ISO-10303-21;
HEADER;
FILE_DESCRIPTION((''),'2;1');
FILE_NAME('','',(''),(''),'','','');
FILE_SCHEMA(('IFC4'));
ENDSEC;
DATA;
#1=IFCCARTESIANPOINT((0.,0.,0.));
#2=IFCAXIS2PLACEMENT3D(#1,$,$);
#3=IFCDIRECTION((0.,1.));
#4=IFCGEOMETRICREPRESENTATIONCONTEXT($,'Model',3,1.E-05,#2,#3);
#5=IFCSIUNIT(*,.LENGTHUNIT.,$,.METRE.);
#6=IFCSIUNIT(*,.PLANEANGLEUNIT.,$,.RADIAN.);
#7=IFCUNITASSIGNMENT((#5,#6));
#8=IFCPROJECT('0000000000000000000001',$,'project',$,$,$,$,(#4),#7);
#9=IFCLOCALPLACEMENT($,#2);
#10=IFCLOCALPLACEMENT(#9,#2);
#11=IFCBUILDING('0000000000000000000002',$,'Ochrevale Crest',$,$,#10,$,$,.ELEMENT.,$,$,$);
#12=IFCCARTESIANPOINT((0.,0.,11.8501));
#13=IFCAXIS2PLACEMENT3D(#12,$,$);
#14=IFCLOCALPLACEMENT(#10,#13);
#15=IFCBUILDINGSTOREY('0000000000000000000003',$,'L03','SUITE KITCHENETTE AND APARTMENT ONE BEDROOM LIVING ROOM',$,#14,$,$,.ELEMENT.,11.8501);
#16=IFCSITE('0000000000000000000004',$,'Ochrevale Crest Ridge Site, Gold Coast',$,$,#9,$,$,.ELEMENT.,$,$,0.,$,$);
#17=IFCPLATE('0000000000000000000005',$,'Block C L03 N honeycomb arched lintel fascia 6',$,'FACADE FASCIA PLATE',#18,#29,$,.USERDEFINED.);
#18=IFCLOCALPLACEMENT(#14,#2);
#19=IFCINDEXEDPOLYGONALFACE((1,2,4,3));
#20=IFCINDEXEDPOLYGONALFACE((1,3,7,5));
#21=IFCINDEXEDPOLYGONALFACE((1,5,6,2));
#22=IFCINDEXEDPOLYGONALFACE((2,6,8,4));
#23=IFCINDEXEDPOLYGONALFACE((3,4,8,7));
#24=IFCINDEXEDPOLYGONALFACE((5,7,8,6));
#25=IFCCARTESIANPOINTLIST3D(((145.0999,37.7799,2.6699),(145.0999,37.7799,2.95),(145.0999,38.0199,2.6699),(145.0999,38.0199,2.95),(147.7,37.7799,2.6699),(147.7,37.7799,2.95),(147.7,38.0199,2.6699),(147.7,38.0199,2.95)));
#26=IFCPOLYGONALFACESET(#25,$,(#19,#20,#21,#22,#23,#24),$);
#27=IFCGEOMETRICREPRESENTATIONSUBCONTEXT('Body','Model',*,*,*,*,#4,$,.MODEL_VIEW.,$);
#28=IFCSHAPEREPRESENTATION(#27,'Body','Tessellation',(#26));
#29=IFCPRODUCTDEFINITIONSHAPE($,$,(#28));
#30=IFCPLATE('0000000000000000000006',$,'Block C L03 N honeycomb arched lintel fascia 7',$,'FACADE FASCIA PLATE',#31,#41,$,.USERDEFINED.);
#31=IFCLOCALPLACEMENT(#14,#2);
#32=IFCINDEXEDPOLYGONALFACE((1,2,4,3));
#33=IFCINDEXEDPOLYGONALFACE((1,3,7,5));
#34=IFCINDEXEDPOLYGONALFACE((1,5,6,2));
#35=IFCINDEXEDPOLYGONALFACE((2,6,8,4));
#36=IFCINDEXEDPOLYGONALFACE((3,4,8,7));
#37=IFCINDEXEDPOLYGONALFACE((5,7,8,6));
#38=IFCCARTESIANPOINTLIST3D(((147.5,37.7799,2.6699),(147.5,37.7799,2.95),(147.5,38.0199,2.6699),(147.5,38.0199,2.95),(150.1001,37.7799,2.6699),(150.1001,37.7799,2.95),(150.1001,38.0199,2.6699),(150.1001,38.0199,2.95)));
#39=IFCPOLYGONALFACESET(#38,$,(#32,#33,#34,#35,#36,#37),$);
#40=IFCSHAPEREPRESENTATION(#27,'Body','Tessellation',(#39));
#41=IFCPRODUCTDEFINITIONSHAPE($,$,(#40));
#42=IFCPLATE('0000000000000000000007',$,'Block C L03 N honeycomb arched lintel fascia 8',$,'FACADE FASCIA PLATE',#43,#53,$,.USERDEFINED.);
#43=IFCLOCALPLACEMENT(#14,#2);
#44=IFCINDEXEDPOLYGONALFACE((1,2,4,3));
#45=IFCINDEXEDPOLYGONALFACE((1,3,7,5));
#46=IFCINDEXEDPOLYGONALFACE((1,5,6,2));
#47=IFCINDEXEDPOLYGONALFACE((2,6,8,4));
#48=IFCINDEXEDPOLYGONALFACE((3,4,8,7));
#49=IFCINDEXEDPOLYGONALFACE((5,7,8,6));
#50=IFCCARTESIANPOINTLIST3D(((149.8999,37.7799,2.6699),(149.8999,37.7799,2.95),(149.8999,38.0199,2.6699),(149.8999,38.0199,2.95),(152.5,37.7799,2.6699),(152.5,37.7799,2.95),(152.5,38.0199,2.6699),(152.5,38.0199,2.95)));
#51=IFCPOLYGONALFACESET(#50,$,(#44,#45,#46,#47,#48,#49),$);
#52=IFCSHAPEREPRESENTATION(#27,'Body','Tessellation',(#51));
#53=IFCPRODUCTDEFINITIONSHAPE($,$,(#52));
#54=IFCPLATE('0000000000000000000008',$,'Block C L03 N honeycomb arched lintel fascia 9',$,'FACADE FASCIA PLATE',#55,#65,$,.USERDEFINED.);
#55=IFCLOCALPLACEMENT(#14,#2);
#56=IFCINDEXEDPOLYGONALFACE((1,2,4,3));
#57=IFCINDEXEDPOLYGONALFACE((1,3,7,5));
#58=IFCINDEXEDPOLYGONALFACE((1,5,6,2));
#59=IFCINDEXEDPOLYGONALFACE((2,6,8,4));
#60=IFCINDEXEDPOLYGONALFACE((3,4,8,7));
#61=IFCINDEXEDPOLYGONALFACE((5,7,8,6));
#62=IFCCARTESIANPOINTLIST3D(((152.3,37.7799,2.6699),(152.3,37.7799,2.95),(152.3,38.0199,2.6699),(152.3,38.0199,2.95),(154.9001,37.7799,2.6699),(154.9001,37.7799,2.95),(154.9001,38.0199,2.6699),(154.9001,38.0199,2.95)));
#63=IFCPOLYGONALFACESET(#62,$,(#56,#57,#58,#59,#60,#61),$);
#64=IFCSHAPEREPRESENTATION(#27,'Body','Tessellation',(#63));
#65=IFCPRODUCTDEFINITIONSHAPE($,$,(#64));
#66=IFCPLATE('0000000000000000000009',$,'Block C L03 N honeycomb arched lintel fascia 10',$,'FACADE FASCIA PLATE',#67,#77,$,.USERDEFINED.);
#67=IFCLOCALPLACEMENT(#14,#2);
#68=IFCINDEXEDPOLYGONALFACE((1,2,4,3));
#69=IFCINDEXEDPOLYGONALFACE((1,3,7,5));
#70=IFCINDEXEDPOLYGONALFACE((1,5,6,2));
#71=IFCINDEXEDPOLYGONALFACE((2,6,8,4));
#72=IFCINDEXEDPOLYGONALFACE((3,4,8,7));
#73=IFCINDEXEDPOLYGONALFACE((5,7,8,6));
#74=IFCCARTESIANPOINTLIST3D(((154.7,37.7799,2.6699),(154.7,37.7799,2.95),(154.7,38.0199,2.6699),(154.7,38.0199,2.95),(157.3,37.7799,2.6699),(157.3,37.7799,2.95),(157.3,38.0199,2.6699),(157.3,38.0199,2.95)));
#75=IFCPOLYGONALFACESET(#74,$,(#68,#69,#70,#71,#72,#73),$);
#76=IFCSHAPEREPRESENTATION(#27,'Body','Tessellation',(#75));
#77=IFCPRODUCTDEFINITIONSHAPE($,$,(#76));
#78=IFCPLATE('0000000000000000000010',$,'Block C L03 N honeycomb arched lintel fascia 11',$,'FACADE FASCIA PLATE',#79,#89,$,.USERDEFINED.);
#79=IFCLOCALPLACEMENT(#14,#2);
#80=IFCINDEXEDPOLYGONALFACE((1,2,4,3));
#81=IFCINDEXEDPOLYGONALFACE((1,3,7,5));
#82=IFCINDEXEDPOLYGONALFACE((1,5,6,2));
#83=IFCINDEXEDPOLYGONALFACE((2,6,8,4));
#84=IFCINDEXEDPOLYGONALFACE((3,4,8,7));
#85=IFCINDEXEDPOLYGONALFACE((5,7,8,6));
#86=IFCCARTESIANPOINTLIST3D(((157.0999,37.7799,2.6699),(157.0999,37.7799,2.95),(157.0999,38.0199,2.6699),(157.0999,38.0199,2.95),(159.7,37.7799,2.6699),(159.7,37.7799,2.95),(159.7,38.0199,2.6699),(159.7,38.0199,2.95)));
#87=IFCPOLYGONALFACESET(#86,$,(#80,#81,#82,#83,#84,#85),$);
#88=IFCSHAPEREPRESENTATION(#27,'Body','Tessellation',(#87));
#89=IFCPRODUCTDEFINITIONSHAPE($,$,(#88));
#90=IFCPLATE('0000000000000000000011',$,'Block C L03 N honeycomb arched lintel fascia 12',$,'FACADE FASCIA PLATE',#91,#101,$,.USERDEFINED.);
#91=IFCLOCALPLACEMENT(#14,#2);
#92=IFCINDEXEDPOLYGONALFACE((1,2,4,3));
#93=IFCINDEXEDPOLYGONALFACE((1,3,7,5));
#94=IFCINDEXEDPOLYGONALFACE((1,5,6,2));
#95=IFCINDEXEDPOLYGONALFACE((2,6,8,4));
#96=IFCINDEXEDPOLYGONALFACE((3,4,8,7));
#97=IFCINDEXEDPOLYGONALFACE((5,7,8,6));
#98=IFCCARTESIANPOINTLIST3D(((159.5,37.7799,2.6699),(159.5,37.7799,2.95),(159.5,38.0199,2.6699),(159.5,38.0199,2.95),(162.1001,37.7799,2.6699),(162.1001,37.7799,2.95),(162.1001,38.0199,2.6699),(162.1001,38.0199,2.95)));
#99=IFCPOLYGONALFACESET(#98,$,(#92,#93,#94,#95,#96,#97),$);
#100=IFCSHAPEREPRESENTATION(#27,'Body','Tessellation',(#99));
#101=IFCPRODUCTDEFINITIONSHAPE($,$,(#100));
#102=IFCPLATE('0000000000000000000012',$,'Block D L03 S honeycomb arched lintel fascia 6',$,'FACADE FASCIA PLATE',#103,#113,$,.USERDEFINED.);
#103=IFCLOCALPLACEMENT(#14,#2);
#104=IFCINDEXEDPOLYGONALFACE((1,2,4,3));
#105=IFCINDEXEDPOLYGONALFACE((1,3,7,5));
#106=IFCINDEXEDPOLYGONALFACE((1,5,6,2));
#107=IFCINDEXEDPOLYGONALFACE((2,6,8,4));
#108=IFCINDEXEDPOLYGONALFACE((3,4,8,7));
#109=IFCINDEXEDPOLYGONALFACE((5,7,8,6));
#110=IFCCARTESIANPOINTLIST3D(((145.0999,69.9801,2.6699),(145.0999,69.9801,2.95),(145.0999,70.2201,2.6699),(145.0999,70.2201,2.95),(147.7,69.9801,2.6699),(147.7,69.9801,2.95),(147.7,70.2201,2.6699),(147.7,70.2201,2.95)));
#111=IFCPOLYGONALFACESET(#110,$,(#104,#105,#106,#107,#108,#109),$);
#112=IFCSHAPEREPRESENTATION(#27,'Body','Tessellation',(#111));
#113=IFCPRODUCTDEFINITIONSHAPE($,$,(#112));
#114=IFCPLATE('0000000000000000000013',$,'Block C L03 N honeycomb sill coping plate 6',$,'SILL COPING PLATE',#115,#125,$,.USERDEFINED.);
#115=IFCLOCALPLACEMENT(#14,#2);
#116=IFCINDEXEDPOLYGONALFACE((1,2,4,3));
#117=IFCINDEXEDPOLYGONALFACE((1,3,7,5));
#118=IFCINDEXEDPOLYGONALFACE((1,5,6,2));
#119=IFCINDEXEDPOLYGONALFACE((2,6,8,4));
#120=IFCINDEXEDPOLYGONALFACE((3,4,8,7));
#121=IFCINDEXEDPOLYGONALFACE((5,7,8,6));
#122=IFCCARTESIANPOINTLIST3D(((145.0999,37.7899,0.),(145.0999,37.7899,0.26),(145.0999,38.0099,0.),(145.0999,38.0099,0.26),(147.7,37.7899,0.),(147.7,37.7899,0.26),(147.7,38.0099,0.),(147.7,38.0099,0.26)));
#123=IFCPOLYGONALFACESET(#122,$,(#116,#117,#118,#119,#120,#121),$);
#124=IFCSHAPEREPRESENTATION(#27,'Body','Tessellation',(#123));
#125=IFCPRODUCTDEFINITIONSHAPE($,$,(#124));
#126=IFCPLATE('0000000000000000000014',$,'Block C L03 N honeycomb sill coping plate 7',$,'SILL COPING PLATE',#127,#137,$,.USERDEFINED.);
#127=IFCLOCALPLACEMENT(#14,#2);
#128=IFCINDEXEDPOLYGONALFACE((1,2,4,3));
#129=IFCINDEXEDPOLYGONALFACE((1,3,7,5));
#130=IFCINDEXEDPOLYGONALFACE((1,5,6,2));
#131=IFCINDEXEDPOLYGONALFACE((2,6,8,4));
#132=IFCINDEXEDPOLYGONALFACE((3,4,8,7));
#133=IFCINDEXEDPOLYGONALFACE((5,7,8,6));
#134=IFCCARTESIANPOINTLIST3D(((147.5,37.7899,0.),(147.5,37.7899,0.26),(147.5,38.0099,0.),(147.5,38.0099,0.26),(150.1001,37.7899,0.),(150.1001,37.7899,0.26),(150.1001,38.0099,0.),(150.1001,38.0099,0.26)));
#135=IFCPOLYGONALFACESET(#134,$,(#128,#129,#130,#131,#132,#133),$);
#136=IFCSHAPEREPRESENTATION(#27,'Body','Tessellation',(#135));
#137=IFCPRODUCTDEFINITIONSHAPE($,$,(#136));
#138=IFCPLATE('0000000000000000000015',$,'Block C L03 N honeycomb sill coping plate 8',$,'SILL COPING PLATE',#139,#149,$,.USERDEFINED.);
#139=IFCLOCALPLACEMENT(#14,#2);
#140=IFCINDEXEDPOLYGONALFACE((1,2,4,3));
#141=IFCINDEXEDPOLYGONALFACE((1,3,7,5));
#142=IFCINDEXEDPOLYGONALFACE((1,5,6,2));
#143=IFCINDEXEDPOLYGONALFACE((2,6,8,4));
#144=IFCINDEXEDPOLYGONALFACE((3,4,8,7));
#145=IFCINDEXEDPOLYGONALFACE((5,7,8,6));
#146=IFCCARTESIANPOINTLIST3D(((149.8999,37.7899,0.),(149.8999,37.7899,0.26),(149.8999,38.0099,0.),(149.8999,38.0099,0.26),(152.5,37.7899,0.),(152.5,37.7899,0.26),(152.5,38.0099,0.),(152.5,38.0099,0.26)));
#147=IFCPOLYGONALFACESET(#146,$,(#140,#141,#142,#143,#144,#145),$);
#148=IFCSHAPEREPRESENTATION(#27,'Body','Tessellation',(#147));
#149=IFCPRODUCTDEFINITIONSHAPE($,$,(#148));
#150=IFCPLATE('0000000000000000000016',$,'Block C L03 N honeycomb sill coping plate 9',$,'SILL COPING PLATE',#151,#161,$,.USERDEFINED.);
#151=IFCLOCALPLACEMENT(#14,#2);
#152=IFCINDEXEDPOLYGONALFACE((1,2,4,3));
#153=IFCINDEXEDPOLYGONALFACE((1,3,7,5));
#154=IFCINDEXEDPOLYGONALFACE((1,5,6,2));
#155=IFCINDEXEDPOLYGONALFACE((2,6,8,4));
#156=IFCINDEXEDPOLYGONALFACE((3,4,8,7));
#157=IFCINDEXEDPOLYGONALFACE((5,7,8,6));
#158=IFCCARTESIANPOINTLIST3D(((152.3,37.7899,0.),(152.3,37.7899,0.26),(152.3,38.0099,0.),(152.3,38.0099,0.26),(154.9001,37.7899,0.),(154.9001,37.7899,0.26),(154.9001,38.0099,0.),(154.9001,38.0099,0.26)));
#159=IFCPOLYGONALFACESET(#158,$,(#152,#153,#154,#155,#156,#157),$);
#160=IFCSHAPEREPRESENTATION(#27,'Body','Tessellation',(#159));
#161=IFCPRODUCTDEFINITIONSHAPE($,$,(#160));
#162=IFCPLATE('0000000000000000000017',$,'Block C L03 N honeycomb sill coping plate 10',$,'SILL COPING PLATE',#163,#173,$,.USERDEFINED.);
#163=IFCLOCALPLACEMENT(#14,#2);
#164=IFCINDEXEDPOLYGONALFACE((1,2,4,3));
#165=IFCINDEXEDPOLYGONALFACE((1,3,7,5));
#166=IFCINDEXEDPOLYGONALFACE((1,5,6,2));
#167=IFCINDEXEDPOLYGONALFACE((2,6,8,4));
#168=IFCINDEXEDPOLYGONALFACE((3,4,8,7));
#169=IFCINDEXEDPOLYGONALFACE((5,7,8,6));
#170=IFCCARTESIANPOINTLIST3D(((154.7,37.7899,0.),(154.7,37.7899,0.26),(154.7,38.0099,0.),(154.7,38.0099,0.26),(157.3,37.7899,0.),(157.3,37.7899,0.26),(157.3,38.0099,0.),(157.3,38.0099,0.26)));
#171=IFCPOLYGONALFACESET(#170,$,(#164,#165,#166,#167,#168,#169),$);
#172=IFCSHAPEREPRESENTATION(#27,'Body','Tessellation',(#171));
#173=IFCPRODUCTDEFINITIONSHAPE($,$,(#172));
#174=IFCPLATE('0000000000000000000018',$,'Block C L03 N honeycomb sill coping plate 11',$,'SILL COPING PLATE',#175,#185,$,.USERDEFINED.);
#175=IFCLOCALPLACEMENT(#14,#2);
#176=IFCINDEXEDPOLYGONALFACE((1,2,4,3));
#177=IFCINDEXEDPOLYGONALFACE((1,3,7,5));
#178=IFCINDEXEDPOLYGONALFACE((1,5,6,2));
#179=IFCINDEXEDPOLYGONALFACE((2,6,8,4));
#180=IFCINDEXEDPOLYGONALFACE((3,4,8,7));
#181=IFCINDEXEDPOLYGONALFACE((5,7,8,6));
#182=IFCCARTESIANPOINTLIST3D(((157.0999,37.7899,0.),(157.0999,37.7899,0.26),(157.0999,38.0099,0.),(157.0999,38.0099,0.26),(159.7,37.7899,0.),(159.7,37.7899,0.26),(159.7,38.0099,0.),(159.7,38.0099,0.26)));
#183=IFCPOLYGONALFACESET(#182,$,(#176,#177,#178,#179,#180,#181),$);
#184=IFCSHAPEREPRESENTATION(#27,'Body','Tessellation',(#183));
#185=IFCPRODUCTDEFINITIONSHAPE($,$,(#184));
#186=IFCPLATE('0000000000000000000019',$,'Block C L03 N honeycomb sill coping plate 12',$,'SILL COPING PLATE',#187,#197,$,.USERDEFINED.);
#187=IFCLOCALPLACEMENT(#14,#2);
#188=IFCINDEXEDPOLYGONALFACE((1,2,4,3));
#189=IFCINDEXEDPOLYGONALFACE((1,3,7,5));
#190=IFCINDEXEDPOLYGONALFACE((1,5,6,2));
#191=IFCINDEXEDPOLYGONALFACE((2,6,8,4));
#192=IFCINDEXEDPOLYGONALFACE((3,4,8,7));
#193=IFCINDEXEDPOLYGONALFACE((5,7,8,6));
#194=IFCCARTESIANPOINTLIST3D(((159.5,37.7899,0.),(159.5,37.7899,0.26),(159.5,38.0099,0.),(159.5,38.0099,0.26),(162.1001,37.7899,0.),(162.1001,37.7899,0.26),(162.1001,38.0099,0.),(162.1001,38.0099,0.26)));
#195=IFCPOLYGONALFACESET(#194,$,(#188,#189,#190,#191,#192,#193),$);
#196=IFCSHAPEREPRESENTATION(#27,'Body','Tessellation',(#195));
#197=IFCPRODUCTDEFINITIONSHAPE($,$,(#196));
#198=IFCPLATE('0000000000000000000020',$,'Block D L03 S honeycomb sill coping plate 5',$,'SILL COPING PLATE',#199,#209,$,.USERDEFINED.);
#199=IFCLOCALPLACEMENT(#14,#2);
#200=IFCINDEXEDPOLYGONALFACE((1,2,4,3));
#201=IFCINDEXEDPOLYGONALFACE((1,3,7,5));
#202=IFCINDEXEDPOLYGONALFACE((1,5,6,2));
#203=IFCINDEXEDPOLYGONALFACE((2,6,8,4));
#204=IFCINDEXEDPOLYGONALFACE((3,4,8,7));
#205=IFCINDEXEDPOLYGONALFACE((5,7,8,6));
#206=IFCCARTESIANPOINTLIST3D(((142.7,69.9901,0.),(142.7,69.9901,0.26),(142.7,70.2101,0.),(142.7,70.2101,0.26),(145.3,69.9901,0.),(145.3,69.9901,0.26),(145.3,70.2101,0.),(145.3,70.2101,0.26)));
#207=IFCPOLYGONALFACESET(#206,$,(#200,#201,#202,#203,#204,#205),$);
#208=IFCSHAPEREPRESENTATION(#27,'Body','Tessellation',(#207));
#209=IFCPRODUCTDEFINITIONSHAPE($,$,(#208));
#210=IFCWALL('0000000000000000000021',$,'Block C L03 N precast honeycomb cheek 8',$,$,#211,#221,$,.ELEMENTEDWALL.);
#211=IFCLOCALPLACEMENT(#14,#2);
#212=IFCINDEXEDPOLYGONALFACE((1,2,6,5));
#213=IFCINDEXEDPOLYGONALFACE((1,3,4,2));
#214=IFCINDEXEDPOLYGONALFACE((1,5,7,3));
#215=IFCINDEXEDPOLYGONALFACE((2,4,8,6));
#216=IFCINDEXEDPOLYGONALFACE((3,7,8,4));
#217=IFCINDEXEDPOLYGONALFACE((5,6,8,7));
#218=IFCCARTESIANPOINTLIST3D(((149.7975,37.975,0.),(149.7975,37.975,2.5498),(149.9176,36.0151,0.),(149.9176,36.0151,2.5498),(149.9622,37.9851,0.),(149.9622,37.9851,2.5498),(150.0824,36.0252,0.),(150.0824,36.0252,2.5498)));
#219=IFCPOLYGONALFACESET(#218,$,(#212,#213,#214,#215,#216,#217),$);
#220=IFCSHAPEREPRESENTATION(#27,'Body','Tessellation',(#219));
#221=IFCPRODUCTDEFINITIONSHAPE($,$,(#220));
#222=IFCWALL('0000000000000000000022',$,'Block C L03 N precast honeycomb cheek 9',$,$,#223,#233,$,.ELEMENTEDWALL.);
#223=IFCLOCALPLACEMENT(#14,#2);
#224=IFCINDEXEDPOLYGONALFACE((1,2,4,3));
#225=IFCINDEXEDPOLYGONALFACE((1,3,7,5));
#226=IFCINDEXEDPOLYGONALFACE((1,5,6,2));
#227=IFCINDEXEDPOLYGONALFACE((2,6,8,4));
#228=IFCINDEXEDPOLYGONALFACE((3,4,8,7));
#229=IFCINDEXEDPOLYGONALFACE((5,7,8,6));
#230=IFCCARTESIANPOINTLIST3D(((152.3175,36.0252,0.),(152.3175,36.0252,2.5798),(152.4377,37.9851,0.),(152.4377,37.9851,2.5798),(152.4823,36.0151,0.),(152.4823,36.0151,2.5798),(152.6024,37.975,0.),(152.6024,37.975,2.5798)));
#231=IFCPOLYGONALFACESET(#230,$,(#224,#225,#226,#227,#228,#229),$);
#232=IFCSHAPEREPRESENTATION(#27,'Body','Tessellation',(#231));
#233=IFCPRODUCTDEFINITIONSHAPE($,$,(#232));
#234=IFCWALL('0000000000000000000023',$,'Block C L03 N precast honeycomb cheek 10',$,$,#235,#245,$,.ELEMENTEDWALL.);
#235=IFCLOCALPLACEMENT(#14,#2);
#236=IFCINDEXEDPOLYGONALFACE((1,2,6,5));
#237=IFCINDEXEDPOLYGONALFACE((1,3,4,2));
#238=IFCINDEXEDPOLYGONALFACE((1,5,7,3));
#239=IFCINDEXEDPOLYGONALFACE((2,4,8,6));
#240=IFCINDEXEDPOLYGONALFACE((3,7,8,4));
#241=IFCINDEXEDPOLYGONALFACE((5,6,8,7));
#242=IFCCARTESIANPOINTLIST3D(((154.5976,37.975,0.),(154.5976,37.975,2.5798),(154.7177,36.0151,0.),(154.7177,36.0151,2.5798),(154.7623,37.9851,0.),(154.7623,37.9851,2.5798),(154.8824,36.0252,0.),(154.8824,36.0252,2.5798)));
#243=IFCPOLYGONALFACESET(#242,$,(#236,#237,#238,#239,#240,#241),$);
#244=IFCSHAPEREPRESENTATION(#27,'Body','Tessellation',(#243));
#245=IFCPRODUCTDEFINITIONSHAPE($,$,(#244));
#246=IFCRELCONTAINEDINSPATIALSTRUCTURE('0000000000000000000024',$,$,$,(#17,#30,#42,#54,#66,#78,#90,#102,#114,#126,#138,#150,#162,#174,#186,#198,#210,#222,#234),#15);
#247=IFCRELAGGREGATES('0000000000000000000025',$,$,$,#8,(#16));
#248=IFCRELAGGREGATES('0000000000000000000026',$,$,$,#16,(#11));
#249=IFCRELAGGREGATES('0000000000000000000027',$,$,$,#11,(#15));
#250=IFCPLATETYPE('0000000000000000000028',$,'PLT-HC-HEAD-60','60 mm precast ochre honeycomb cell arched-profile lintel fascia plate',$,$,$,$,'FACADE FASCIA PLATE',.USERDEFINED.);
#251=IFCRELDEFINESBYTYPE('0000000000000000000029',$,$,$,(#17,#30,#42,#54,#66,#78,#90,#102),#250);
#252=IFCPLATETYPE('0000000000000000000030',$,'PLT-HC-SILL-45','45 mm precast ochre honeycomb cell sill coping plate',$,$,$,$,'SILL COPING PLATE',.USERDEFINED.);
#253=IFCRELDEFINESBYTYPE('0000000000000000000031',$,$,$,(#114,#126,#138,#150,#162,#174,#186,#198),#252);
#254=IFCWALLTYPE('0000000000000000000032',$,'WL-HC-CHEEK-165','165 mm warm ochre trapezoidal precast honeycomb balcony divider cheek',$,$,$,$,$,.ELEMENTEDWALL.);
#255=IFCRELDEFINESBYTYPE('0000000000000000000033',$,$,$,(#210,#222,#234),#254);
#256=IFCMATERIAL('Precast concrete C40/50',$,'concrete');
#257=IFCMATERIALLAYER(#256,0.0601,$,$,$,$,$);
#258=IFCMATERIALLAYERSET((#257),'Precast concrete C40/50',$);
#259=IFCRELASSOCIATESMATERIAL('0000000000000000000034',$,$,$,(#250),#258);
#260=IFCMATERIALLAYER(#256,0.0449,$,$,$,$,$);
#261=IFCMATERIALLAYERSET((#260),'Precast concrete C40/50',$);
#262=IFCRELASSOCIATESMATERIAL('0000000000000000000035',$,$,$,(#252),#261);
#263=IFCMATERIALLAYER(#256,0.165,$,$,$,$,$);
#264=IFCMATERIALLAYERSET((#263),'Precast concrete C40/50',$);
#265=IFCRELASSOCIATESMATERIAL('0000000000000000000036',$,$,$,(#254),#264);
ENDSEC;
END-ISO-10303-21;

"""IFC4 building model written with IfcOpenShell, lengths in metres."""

from ifc_helpers import new_model, si_unit, direction, frame, frame_2d, origin, origin_2d, place, context, subcontext, project, spatial, rectangle, extrude, material, layer, layer_set, type_object, element, save


model = new_model("IFC4")

# Units and contexts
model_context = context("Model", 3, precision=1e-05, world=origin(), true_north=direction((0.0, 1.0)))
body_context = subcontext(model_context, "Body", "Model", "MODEL_VIEW")
ifc_project = project(units=[si_unit("LENGTHUNIT", "METRE"), si_unit("PLANEANGLEUNIT", "RADIAN")], contexts=[model_context])

# Site, building, storey
site_placement = place(None, origin())
site = spatial("IfcSite", under=ifc_project, at=site_placement, Name="Ochrevale Crest Ridge Site, Gold Coast", CompositionType="ELEMENT", RefElevation=0.0)
building_placement = place(site_placement, origin())
building = spatial("IfcBuilding", under=site, at=building_placement, Name="Ochrevale Crest", CompositionType="ELEMENT")
storey_placement = place(building_placement, frame((0.0, 0.0, 11.8501)))
storey = spatial("IfcBuildingStorey", under=building, at=storey_placement, Name="L03", Description="SUITE KITCHENETTE AND APARTMENT ONE BEDROOM LIVING ROOM", CompositionType="ELEMENT", Elevation=11.8501)

# Plates
ifc_material_1 = material(Name="Precast concrete C40/50", Category="concrete")
ifc_layer_1 = layer(ifc_material_1, 0.0601)
ifc_layer_set_1 = layer_set([ifc_layer_1], Name="Precast concrete C40/50")
plate_type_1 = type_object("IfcPlateType", Name="PLT-HC-HEAD-60", Description="60 mm precast ochre honeycomb cell arched-profile lintel fascia plate", ElementType="FACADE FASCIA PLATE", PredefinedType="USERDEFINED", material=ifc_layer_set_1)
for number, where, z_axis, x_axis, name in (
    (1, (146.3999, 37.8999, 2.6699), (0.0, 0.0, 1.0), (1.0, 0.0, 0.0), "Block C L03 N honeycomb arched lintel fascia 6"),
    (2, (148.8, 37.8999, 2.6699), (0.0, 0.0, 1.0), (1.0, 0.0, 0.0), "Block C L03 N honeycomb arched lintel fascia 7"),
    (3, (151.2, 37.8999, 2.6699), (0.0, 0.0, 1.0), (1.0, 0.0, 0.0), "Block C L03 N honeycomb arched lintel fascia 8"),
    (4, (153.6001, 37.8999, 2.6699), (0.0, 0.0, 1.0), (1.0, 0.0, 0.0), "Block C L03 N honeycomb arched lintel fascia 9"),
    (5, (156.0, 37.8999, 2.6699), (0.0, 0.0, 1.0), (1.0, 0.0, 0.0), "Block C L03 N honeycomb arched lintel fascia 10"),
    (6, (158.3999, 37.8999, 2.6699), (0.0, 0.0, 1.0), (1.0, 0.0, 0.0), "Block C L03 N honeycomb arched lintel fascia 11"),
    (7, (160.8, 37.8999, 2.6699), (0.0, 0.0, 1.0), (1.0, 0.0, 0.0), "Block C L03 N honeycomb arched lintel fascia 12"),
    (8, (146.3999, 70.1001, 2.6699), (0.0, 0.0, 1.0), (1.0, 0.0, 0.0), "Block D L03 S honeycomb arched lintel fascia 6"),
):
    element("IfcPlate", number, at=place(storey_placement, frame(where, z_axis=z_axis, x_axis=x_axis)), inside=storey, type_object=plate_type_1, Name=name, ObjectType="FACADE FASCIA PLATE", PredefinedType="USERDEFINED", context=body_context, shape_type="SweptSolid", body=[
        extrude(rectangle(XDim=2.6001, YDim=0.24, at=origin_2d()), origin(), (0.0, 0.0, 1.0), 0.28),
    ])
ifc_layer_2 = layer(ifc_material_1, 0.0449)
ifc_layer_set_2 = layer_set([ifc_layer_2], Name="Precast concrete C40/50")
plate_type_2 = type_object("IfcPlateType", Name="PLT-HC-SILL-45", Description="45 mm precast ochre honeycomb cell sill coping plate", ElementType="SILL COPING PLATE", PredefinedType="USERDEFINED", material=ifc_layer_set_2)
for number, where, z_axis, x_axis, name in (
    (9, (146.3999, 37.8999, 0.0), (0.0, 0.0, 1.0), (1.0, 0.0, 0.0), "Block C L03 N honeycomb sill coping plate 6"),
    (10, (148.8, 37.8999, 0.0), (0.0, 0.0, 1.0), (1.0, 0.0, 0.0), "Block C L03 N honeycomb sill coping plate 7"),
    (11, (151.2, 37.8999, 0.0), (0.0, 0.0, 1.0), (1.0, 0.0, 0.0), "Block C L03 N honeycomb sill coping plate 8"),
    (12, (153.6001, 37.8999, 0.0), (0.0, 0.0, 1.0), (1.0, 0.0, 0.0), "Block C L03 N honeycomb sill coping plate 9"),
    (13, (156.0, 37.8999, 0.0), (0.0, 0.0, 1.0), (1.0, 0.0, 0.0), "Block C L03 N honeycomb sill coping plate 10"),
    (14, (158.3999, 37.8999, 0.0), (0.0, 0.0, 1.0), (1.0, 0.0, 0.0), "Block C L03 N honeycomb sill coping plate 11"),
    (15, (160.8, 37.8999, 0.0), (0.0, 0.0, 1.0), (1.0, 0.0, 0.0), "Block C L03 N honeycomb sill coping plate 12"),
    (16, (144.0, 70.1001, 0.0), (0.0, 0.0, 1.0), (1.0, 0.0, 0.0), "Block D L03 S honeycomb sill coping plate 5"),
):
    element("IfcPlate", number, at=place(storey_placement, frame(where, z_axis=z_axis, x_axis=x_axis)), inside=storey, type_object=plate_type_2, Name=name, ObjectType="SILL COPING PLATE", PredefinedType="USERDEFINED", context=body_context, shape_type="SweptSolid", body=[
        extrude(rectangle(XDim=2.6001, YDim=0.22, at=origin_2d()), origin(), (0.0, 0.0, 1.0), 0.26),
    ])

# Walls
ifc_layer_3 = layer(ifc_material_1, 0.165)
ifc_layer_set_3 = layer_set([ifc_layer_3], Name="Precast concrete C40/50")
wall_type = type_object("IfcWallType", Name="WL-HC-CHEEK-165", Description="165 mm warm ochre trapezoidal precast honeycomb balcony divider cheek", PredefinedType="ELEMENTEDWALL", material=ifc_layer_set_3)
wall_1_placement = place(storey_placement, frame((150.0, 36.02, 0.0), z_axis=(0.0, 0.0, 1.0), x_axis=(-0.061171, 0.998127, 0.0)))
element("IfcWall", 17, at=wall_1_placement, inside=storey, type_object=wall_type, Name="Block C L03 N precast honeycomb cheek 8", PredefinedType="ELEMENTEDWALL", context=body_context, shape_type="SweptSolid", body=[
    extrude(rectangle(XDim=1.9636, YDim=0.165, at=frame_2d((0.9819, 0.0))), origin(), (0.0, 0.0, 1.0), 2.5498),
])
for number, where, z_axis, x_axis, name in (
    (18, (152.3999, 36.02, 0.0), (0.0, 0.0, 1.0), (0.061171, 0.998127, 0.0), "Block C L03 N precast honeycomb cheek 9"),
    (19, (154.8, 36.02, 0.0), (0.0, 0.0, 1.0), (-0.061171, 0.998127, 0.0), "Block C L03 N precast honeycomb cheek 10"),
):
    element("IfcWall", number, at=place(storey_placement, frame(where, z_axis=z_axis, x_axis=x_axis)), inside=storey, type_object=wall_type, Name=name, PredefinedType="ELEMENTEDWALL", context=body_context, shape_type="SweptSolid", body=[
        extrude(rectangle(XDim=1.9636, YDim=0.165, at=frame_2d((0.9819, 0.0))), origin(), (0.0, 0.0, 1.0), 2.5798),
    ])

save(model, "model.ifc")
